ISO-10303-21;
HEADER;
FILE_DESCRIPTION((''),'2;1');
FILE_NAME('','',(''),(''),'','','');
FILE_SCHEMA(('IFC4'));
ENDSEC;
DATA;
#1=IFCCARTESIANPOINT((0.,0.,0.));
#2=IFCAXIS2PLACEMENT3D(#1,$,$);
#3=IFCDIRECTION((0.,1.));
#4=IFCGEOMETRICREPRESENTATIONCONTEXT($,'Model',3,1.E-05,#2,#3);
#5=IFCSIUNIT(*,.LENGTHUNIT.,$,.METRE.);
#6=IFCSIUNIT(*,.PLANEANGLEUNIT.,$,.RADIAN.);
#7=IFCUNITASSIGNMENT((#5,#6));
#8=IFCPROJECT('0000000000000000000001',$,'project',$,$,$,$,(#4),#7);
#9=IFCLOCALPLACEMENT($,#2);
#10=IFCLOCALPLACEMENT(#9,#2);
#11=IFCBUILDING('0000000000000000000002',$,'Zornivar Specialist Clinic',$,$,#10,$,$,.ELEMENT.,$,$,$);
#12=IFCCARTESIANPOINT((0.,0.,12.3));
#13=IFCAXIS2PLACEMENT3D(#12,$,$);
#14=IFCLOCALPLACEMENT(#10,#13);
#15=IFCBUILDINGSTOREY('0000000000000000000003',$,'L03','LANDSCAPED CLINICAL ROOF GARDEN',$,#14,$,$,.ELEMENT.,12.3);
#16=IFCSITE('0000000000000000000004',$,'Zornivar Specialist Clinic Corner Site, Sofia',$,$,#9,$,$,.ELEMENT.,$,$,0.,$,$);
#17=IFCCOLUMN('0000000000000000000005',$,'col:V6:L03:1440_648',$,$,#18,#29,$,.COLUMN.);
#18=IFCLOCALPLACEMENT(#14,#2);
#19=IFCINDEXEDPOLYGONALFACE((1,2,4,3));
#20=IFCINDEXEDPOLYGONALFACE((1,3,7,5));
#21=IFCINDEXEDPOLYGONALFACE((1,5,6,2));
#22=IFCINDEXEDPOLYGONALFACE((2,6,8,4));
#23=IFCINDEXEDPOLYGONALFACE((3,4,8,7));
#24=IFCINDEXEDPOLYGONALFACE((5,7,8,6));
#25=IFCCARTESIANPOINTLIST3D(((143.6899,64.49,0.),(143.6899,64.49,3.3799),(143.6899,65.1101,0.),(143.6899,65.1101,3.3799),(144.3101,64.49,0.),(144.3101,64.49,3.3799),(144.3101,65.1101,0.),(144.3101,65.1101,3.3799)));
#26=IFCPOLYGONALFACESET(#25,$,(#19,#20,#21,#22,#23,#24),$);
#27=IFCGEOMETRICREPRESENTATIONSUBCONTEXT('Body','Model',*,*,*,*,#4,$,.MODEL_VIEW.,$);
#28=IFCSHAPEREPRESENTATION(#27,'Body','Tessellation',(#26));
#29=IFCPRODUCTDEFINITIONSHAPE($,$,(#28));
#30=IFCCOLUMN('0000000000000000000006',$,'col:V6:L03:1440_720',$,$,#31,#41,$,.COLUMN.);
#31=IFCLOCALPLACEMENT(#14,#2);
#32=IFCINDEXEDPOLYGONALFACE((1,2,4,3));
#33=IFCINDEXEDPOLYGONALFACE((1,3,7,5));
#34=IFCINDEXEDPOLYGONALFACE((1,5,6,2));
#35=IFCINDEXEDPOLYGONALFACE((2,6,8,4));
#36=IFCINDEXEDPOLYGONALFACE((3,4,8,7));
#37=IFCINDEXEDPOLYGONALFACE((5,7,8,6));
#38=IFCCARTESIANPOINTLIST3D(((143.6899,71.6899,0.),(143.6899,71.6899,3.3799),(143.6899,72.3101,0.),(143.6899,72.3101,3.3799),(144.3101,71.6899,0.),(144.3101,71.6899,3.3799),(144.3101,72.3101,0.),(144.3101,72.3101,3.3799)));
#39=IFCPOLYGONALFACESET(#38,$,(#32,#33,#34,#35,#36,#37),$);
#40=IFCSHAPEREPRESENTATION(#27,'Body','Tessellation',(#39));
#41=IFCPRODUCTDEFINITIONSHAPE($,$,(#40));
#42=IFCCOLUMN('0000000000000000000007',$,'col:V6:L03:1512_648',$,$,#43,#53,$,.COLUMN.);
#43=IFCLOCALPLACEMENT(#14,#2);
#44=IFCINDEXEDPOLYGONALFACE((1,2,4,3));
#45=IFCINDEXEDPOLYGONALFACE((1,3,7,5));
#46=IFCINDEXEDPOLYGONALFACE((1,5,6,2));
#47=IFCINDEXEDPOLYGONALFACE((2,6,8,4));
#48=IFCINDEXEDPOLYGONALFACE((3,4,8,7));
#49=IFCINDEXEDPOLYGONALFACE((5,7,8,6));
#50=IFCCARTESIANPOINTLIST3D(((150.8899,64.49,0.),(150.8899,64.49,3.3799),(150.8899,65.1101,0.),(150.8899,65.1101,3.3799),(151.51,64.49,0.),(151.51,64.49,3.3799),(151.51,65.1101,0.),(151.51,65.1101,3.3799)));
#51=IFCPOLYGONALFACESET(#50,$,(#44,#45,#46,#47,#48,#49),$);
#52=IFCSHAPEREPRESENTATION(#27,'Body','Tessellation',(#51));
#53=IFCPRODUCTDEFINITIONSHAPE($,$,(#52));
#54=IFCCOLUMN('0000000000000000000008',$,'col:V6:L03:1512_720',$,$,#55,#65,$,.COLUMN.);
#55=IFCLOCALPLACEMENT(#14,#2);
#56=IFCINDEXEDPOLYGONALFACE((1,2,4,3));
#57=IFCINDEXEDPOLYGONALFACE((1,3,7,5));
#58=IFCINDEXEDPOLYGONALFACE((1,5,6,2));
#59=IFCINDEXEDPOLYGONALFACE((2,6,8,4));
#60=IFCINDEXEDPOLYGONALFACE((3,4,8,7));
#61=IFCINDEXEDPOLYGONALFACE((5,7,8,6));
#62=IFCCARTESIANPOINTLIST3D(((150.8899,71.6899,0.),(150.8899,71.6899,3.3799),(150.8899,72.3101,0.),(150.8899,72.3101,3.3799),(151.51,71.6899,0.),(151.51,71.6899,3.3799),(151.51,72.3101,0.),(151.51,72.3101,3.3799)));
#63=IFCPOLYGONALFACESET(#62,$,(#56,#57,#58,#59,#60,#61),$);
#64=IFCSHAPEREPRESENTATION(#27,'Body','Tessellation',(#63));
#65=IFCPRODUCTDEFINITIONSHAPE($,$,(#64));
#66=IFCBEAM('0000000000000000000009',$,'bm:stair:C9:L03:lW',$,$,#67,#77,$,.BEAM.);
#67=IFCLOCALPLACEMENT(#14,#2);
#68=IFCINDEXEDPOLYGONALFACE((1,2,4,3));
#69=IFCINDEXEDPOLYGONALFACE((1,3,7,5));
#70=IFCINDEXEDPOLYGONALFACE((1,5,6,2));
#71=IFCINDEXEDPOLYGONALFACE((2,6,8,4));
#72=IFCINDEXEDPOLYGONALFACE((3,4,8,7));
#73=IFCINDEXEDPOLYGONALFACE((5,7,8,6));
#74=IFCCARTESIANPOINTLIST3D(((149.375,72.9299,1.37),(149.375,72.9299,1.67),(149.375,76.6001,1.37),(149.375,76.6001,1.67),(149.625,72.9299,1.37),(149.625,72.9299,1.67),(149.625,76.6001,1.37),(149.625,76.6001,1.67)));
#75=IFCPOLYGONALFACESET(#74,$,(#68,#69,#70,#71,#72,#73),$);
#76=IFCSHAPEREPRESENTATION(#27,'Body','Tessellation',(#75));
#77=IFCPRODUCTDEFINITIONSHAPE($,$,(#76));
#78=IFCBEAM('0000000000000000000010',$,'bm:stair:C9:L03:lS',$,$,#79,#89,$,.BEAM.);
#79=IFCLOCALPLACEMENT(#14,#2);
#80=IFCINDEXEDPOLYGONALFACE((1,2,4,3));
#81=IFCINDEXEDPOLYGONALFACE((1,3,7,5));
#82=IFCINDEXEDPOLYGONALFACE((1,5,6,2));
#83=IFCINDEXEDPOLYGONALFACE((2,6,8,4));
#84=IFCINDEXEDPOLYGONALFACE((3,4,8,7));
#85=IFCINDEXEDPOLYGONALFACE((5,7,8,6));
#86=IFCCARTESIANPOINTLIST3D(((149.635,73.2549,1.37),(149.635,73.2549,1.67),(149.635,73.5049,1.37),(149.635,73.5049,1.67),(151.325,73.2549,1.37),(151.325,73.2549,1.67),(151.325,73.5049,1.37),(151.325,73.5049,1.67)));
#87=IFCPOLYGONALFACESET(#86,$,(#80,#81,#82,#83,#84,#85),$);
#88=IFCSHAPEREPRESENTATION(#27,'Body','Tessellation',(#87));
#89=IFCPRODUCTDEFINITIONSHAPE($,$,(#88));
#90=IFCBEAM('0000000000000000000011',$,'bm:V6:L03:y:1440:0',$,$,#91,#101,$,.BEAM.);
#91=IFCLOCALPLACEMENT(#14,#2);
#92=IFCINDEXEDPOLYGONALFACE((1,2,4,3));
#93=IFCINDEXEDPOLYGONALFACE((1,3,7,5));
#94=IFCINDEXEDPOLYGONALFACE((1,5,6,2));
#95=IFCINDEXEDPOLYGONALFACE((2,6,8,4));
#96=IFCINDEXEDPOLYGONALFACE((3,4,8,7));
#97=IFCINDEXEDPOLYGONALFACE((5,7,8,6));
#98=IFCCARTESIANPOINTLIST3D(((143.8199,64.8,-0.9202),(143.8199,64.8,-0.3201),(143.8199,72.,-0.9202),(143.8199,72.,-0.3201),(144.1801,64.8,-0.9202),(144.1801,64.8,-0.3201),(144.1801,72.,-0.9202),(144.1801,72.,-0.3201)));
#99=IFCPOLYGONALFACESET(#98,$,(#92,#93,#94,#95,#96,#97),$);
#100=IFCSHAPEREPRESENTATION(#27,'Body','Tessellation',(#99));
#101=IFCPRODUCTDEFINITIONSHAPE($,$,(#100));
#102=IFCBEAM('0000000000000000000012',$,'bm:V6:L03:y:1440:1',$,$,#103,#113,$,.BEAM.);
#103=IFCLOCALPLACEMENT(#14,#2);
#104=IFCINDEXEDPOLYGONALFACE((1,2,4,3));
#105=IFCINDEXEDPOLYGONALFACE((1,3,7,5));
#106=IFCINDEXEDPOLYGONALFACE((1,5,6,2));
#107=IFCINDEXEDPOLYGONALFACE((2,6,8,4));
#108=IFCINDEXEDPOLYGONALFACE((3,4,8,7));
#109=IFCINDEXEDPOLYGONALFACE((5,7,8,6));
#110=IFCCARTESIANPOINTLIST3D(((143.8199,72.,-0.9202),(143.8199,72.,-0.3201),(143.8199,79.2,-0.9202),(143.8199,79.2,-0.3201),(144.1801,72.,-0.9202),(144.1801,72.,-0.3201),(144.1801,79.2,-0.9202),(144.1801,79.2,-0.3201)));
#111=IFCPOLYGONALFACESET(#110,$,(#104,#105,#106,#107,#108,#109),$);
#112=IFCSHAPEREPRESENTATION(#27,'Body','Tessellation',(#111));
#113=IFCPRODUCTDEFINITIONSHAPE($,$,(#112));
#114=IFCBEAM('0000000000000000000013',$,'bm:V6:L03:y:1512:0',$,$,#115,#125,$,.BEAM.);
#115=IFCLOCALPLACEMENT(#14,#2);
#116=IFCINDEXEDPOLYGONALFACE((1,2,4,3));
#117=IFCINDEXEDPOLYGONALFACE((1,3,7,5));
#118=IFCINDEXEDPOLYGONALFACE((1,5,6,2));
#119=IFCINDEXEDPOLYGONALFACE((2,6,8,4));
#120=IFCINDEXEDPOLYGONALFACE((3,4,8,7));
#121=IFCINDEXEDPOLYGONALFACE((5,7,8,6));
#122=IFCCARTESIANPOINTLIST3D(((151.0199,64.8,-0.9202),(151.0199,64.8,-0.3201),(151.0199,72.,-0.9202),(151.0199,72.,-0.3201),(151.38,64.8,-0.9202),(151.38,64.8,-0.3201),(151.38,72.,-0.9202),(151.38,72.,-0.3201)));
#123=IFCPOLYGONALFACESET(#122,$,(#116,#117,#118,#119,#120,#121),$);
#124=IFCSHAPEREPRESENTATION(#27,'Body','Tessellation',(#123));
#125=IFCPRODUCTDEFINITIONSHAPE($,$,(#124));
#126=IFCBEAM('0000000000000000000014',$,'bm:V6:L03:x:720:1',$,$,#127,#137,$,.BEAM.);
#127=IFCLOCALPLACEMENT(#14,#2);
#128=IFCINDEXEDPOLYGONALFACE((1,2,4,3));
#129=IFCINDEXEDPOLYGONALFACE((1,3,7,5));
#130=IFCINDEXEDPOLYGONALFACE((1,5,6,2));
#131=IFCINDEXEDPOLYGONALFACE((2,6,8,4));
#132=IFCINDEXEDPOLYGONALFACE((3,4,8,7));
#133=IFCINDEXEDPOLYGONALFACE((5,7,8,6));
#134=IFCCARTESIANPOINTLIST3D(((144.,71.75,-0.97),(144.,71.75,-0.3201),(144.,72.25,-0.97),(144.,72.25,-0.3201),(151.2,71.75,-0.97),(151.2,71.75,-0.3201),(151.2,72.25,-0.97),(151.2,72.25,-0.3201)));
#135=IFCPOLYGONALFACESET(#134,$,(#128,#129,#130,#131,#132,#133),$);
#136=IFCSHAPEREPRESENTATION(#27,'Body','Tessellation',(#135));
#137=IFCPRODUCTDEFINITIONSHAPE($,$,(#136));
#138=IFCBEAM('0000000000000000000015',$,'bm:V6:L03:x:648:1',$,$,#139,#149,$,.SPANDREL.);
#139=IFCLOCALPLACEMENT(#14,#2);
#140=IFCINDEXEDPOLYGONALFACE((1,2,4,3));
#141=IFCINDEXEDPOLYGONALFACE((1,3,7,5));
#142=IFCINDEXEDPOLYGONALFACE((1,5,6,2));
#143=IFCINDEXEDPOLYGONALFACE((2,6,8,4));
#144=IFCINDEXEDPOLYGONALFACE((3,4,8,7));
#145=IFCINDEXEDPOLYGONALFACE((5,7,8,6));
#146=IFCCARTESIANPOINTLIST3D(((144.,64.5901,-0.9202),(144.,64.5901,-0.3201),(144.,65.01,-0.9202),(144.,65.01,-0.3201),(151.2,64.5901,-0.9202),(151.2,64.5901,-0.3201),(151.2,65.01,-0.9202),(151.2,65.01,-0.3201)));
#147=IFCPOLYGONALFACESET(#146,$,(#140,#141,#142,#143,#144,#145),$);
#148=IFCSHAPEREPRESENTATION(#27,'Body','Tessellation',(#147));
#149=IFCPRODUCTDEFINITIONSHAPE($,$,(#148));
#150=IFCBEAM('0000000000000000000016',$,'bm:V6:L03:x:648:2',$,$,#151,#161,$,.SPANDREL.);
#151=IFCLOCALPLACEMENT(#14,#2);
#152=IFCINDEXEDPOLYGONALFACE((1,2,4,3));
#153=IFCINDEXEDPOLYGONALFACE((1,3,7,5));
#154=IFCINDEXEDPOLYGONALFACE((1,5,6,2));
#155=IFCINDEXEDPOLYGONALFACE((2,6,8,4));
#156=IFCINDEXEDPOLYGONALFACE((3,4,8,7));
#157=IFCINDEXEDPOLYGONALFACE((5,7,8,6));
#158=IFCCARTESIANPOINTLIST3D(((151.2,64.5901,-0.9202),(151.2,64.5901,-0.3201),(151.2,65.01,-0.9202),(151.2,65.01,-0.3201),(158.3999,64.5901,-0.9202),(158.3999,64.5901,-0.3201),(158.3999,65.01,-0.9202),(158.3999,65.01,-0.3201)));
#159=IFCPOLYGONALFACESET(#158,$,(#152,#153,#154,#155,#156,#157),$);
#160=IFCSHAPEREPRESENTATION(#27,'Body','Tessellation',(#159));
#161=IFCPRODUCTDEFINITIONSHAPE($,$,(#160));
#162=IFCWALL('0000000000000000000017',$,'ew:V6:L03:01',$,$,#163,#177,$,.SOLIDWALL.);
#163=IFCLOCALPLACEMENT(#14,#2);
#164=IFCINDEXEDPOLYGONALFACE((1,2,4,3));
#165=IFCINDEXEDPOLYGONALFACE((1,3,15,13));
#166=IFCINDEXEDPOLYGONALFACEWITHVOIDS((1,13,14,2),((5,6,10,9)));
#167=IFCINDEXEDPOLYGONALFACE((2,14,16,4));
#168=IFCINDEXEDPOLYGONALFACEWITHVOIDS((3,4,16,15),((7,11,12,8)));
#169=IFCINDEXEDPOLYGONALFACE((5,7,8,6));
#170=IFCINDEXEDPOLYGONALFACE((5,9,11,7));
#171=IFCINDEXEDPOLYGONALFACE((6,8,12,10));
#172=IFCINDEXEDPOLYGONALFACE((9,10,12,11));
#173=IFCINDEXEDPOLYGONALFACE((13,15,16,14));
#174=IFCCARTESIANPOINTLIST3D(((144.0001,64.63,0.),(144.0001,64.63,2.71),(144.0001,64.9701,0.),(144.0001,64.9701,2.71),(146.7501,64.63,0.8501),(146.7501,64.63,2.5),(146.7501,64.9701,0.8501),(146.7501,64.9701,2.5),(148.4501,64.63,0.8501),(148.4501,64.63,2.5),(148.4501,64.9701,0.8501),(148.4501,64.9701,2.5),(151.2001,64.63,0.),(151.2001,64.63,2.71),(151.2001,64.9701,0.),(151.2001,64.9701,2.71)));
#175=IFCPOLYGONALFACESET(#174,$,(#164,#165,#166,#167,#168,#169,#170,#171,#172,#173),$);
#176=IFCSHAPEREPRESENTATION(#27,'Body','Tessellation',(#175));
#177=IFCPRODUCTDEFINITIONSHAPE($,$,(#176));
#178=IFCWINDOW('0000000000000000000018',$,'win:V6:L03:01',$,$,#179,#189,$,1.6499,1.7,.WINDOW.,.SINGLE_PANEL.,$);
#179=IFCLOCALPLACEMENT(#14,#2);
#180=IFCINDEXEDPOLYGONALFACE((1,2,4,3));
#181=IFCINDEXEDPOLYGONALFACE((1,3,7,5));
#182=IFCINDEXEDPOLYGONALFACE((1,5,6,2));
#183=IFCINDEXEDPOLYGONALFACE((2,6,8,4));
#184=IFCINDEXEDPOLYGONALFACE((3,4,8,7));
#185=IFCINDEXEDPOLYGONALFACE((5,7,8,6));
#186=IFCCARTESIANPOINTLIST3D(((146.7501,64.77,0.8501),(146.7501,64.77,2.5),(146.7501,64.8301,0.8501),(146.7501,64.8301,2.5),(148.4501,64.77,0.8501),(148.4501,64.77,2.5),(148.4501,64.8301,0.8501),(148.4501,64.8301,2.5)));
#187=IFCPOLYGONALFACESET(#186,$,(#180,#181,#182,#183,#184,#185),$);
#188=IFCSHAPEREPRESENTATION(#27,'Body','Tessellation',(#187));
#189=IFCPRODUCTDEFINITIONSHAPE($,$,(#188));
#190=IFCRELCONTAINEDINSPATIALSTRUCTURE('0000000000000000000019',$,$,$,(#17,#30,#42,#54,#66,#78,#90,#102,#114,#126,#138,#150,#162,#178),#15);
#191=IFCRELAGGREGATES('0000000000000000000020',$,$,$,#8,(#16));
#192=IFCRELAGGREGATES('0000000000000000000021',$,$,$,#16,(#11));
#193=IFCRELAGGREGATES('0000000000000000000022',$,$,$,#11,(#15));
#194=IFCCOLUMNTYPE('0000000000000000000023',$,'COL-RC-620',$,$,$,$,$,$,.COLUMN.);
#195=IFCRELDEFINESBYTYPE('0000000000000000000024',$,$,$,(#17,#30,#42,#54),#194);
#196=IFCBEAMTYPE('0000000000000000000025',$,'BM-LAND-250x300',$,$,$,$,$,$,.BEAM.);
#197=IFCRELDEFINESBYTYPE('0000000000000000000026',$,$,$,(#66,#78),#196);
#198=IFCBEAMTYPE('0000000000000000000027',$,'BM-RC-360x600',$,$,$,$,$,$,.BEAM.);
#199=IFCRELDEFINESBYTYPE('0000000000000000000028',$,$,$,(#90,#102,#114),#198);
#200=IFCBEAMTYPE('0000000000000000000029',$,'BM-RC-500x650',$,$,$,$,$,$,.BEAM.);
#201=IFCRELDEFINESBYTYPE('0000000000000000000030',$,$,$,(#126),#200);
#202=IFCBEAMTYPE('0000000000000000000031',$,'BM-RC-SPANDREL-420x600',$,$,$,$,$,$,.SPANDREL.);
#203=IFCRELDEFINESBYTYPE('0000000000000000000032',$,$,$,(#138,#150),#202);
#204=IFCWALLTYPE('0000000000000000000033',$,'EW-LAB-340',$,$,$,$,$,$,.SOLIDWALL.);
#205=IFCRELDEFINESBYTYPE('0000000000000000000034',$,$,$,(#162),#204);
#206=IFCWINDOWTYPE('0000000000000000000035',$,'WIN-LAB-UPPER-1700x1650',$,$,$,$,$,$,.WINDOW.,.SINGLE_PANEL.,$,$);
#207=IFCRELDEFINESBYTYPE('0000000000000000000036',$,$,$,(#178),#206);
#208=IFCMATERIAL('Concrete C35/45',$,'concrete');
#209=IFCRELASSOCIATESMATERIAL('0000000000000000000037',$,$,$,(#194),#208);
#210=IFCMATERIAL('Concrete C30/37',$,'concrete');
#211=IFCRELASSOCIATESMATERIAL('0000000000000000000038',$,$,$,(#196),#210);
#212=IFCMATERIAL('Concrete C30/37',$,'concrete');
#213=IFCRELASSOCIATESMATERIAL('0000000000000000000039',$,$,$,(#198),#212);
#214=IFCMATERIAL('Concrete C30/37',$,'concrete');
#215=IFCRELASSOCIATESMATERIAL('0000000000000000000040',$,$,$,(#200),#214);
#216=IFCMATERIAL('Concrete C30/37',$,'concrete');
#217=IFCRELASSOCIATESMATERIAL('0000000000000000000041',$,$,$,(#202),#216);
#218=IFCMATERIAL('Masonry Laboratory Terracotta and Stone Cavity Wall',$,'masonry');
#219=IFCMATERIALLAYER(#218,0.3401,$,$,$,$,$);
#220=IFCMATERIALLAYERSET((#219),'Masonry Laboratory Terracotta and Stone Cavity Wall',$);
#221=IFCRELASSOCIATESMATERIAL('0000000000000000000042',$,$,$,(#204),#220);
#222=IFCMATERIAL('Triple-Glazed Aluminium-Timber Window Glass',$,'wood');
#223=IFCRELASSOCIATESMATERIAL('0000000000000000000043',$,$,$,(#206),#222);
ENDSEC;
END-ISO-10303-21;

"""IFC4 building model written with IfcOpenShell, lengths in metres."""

from ifc_helpers import new_model, si_unit, direction, frame, frame_2d, origin, origin_2d, place, context, subcontext, project, spatial, rectangle, extrude, material, layer, layer_set, material_profile, profile_set, type_object, element, fill, save


model = new_model("IFC4")

# Units and contexts
model_context = context("Model", 3, precision=1e-05, world=origin(), true_north=direction((0.0, 1.0)))
body_context = subcontext(model_context, "Body", "Model", "MODEL_VIEW")
ifc_project = project(units=[si_unit("LENGTHUNIT", "METRE"), si_unit("PLANEANGLEUNIT", "RADIAN")], contexts=[model_context])

# Site, building, storey
site_placement = place(None, origin())
site = spatial("IfcSite", under=ifc_project, at=site_placement, Name="Zornivar Specialist Clinic Corner Site, Sofia", CompositionType="ELEMENT", RefElevation=0.0)
building_placement = place(site_placement, origin())
building = spatial("IfcBuilding", under=site, at=building_placement, Name="Zornivar Specialist Clinic", CompositionType="ELEMENT")
storey_placement = place(building_placement, frame((0.0, 0.0, 12.3)))
storey = spatial("IfcBuildingStorey", under=building, at=storey_placement, Name="L03", Description="LANDSCAPED CLINICAL ROOF GARDEN", CompositionType="ELEMENT", Elevation=12.3)

# Columns
ifc_material_1 = material(Name="Concrete C35/45", Category="concrete")
ifc_material_profile_1 = material_profile(ifc_material_1, rectangle(XDim=0.6201, YDim=0.6201, at=origin_2d()), Name="RC 620x620")
ifc_profile_set_1 = profile_set([ifc_material_profile_1], Name="Concrete C35/45")
column_type = type_object("IfcColumnType", Name="COL-RC-620", PredefinedType="COLUMN", material=ifc_profile_set_1)
for number, where, z_axis, x_axis, name in (
    (1, (144.0, 64.8, 0.0), (0.0, 0.0, 1.0), (1.0, 0.0, 0.0), "col:V6:L03:1440_648"),
    (2, (144.0, 72.0, 0.0), (0.0, 0.0, 1.0), (1.0, 0.0, 0.0), "col:V6:L03:1440_720"),
    (3, (151.2, 64.8, 0.0), (0.0, 0.0, 1.0), (1.0, 0.0, 0.0), "col:V6:L03:1512_648"),
    (4, (151.2, 72.0, 0.0), (0.0, 0.0, 1.0), (1.0, 0.0, 0.0), "col:V6:L03:1512_720"),
):
    element("IfcColumn", number, at=place(storey_placement, frame(where, z_axis=z_axis, x_axis=x_axis)), inside=storey, type_object=column_type, Name=name, PredefinedType="COLUMN", context=body_context, shape_type="SweptSolid", body=[
        extrude(rectangle(XDim=0.6201, YDim=0.6201, at=origin_2d()), origin(), (0.0, 0.0, 1.0), 3.3799),
    ])

# Beams
ifc_material_2 = material(Name="Concrete C30/37", Category="concrete")
ifc_material_profile_2 = material_profile(ifc_material_2, rectangle(XDim=0.25, YDim=0.3, at=origin_2d()), Name="RC 250x300")
ifc_profile_set_2 = profile_set([ifc_material_profile_2], Name="Concrete C30/37")
beam_type_1 = type_object("IfcBeamType", Name="BM-LAND-250x300", PredefinedType="BEAM", material=ifc_profile_set_2)
beam_1_placement = place(storey_placement, frame((149.5, 72.9299, 1.52), z_axis=(0.0, 1.0, 0.0), x_axis=(-1.0, 0.0, 0.0)))
element("IfcBeam", 5, at=beam_1_placement, inside=storey, type_object=beam_type_1, Name="bm:stair:C9:L03:lW", PredefinedType="BEAM", context=body_context, shape_type="SweptSolid", body=[
    extrude(rectangle(XDim=0.25, YDim=0.3, at=origin_2d()), origin(), (0.0, 0.0, 1.0), 3.6702),
])
beam_2_placement = place(storey_placement, frame((149.635, 73.3799, 1.52), z_axis=(1.0, 0.0, 0.0), x_axis=(0.0, 1.0, 0.0)))
element("IfcBeam", 6, at=beam_2_placement, inside=storey, type_object=beam_type_1, Name="bm:stair:C9:L03:lS", PredefinedType="BEAM", context=body_context, shape_type="SweptSolid", body=[
    extrude(rectangle(XDim=0.25, YDim=0.3, at=origin_2d()), origin(), (0.0, 0.0, 1.0), 1.6899),
])
ifc_material_3 = material(Name="Concrete C30/37", Category="concrete")
ifc_material_profile_3 = material_profile(ifc_material_3, rectangle(XDim=0.3601, YDim=0.6001, at=origin_2d()), Name="RC 360x600")
ifc_profile_set_3 = profile_set([ifc_material_profile_3], Name="Concrete C30/37")
beam_type_2 = type_object("IfcBeamType", Name="BM-RC-360x600", PredefinedType="BEAM", material=ifc_profile_set_3)
for number, where, z_axis, x_axis, name in (
    (7, (144.0, 64.8, -0.6201), (0.0, 1.0, 0.0), (-1.0, 0.0, 0.0), "bm:V6:L03:y:1440:0"),
    (8, (144.0, 72.0, -0.6201), (0.0, 1.0, 0.0), (-1.0, 0.0, 0.0), "bm:V6:L03:y:1440:1"),
    (9, (151.2, 64.8, -0.6201), (0.0, 1.0, 0.0), (-1.0, 0.0, 0.0), "bm:V6:L03:y:1512:0"),
):
    element("IfcBeam", number, at=place(storey_placement, frame(where, z_axis=z_axis, x_axis=x_axis)), inside=storey, type_object=beam_type_2, Name=name, PredefinedType="BEAM", context=body_context, shape_type="SweptSolid", body=[
        extrude(rectangle(XDim=0.3601, YDim=0.6001, at=origin_2d()), origin(), (0.0, 0.0, 1.0), 7.2),
    ])
ifc_material_4 = material(Name="Concrete C30/37", Category="concrete")
ifc_material_profile_4 = material_profile(ifc_material_4, rectangle(XDim=0.5, YDim=0.6499, at=origin_2d()), Name="RC 500x650")
ifc_profile_set_4 = profile_set([ifc_material_profile_4], Name="Concrete C30/37")
beam_type_3 = type_object("IfcBeamType", Name="BM-RC-500x650", PredefinedType="BEAM", material=ifc_profile_set_4)
beam_3_placement = place(storey_placement, frame((144.0, 72.0, -0.645), z_axis=(1.0, 0.0, 0.0), x_axis=(0.0, 1.0, 0.0)))
element("IfcBeam", 10, at=beam_3_placement, inside=storey, type_object=beam_type_3, Name="bm:V6:L03:x:720:1", PredefinedType="BEAM", context=body_context, shape_type="SweptSolid", body=[
    extrude(rectangle(XDim=0.5, YDim=0.6499, at=origin_2d()), origin(), (0.0, 0.0, 1.0), 7.2),
])
ifc_material_5 = material(Name="Concrete C30/37", Category="concrete")
ifc_material_profile_5 = material_profile(ifc_material_5, rectangle(XDim=0.4199, YDim=0.6001, at=origin_2d()), Name="RC 420x600")
ifc_profile_set_5 = profile_set([ifc_material_profile_5], Name="Concrete C30/37")
beam_type_4 = type_object("IfcBeamType", Name="BM-RC-SPANDREL-420x600", PredefinedType="SPANDREL", material=ifc_profile_set_5)
for number, where, z_axis, x_axis, name in (
    (11, (144.0, 64.8, -0.6201), (1.0, 0.0, 0.0), (0.0, 1.0, 0.0), "bm:V6:L03:x:648:1"),
    (12, (151.2, 64.8, -0.6201), (1.0, 0.0, 0.0), (0.0, 1.0, 0.0), "bm:V6:L03:x:648:2"),
):
    element("IfcBeam", number, at=place(storey_placement, frame(where, z_axis=z_axis, x_axis=x_axis)), inside=storey, type_object=beam_type_4, Name=name, PredefinedType="SPANDREL", context=body_context, shape_type="SweptSolid", body=[
        extrude(rectangle(XDim=0.4199, YDim=0.6001, at=origin_2d()), origin(), (0.0, 0.0, 1.0), 7.2),
    ])

# Wall, opening, window
ifc_material_6 = material(Name="Masonry Laboratory Terracotta and Stone Cavity Wall", Category="masonry")
ifc_layer_1 = layer(ifc_material_6, 0.3401)
ifc_layer_set_1 = layer_set([ifc_layer_1], Name="Masonry Laboratory Terracotta and Stone Cavity Wall")
wall_type_1 = type_object("IfcWallType", Name="EW-LAB-340", PredefinedType="SOLIDWALL", material=ifc_layer_set_1)
wall_1_placement = place(storey_placement, frame((144.0, 64.8, 0.0), z_axis=(0.0, 0.0, 1.0), x_axis=(1.0, 0.0, 0.0)))
wall_1 = element("IfcWall", 13, at=wall_1_placement, inside=storey, type_object=wall_type_1, Name="ew:V6:L03:01", PredefinedType="SOLIDWALL", context=body_context, shape_type="SweptSolid", body=[
    extrude(rectangle(XDim=7.2, YDim=0.3401, at=frame_2d((3.6001, 0.0))), origin(), (0.0, 0.0, 1.0), 2.71),
])
opening_1_placement = place(wall_1_placement, frame((2.75, 0.0, 0.8501)))
opening_1 = element("IfcOpeningElement", 14, at=opening_1_placement, cuts=wall_1, PredefinedType="OPENING", context=body_context, shape_type="SweptSolid", body=[
    extrude(rectangle(XDim=1.7, YDim=1.6499, at=frame_2d((0.8501, 0.825))), frame((0.0, 0.1799, 0.0), z_axis=(0.0, -1.0, 0.0), x_axis=(1.0, 0.0, 0.0)), (0.0, 0.0, 1.0), 0.3601),
])
ifc_material_7 = material(Name="Triple-Glazed Aluminium-Timber Window Glass", Category="wood")
window_type = type_object("IfcWindowType", Name="WIN-LAB-UPPER-1700x1650", PartitioningType="SINGLE_PANEL", PredefinedType="WINDOW", material=ifc_material_7)
window_1_placement = place(opening_1_placement, origin())
window_1 = element("IfcWindow", 15, at=window_1_placement, inside=storey, type_object=window_type, Name="win:V6:L03:01", OverallHeight=1.6499, OverallWidth=1.7, PartitioningType="SINGLE_PANEL", PredefinedType="WINDOW", context=body_context, shape_type="SweptSolid", body=[
    extrude(rectangle(XDim=1.7, YDim=1.6499, at=frame_2d((0.8501, 0.825))), frame((0.0, 0.03, 0.0), z_axis=(0.0, -1.0, 0.0), x_axis=(1.0, 0.0, 0.0)), (0.0, 0.0, 1.0), 0.0601),
])
fill(opening_1, window_1)

save(model, "model.ifc")
